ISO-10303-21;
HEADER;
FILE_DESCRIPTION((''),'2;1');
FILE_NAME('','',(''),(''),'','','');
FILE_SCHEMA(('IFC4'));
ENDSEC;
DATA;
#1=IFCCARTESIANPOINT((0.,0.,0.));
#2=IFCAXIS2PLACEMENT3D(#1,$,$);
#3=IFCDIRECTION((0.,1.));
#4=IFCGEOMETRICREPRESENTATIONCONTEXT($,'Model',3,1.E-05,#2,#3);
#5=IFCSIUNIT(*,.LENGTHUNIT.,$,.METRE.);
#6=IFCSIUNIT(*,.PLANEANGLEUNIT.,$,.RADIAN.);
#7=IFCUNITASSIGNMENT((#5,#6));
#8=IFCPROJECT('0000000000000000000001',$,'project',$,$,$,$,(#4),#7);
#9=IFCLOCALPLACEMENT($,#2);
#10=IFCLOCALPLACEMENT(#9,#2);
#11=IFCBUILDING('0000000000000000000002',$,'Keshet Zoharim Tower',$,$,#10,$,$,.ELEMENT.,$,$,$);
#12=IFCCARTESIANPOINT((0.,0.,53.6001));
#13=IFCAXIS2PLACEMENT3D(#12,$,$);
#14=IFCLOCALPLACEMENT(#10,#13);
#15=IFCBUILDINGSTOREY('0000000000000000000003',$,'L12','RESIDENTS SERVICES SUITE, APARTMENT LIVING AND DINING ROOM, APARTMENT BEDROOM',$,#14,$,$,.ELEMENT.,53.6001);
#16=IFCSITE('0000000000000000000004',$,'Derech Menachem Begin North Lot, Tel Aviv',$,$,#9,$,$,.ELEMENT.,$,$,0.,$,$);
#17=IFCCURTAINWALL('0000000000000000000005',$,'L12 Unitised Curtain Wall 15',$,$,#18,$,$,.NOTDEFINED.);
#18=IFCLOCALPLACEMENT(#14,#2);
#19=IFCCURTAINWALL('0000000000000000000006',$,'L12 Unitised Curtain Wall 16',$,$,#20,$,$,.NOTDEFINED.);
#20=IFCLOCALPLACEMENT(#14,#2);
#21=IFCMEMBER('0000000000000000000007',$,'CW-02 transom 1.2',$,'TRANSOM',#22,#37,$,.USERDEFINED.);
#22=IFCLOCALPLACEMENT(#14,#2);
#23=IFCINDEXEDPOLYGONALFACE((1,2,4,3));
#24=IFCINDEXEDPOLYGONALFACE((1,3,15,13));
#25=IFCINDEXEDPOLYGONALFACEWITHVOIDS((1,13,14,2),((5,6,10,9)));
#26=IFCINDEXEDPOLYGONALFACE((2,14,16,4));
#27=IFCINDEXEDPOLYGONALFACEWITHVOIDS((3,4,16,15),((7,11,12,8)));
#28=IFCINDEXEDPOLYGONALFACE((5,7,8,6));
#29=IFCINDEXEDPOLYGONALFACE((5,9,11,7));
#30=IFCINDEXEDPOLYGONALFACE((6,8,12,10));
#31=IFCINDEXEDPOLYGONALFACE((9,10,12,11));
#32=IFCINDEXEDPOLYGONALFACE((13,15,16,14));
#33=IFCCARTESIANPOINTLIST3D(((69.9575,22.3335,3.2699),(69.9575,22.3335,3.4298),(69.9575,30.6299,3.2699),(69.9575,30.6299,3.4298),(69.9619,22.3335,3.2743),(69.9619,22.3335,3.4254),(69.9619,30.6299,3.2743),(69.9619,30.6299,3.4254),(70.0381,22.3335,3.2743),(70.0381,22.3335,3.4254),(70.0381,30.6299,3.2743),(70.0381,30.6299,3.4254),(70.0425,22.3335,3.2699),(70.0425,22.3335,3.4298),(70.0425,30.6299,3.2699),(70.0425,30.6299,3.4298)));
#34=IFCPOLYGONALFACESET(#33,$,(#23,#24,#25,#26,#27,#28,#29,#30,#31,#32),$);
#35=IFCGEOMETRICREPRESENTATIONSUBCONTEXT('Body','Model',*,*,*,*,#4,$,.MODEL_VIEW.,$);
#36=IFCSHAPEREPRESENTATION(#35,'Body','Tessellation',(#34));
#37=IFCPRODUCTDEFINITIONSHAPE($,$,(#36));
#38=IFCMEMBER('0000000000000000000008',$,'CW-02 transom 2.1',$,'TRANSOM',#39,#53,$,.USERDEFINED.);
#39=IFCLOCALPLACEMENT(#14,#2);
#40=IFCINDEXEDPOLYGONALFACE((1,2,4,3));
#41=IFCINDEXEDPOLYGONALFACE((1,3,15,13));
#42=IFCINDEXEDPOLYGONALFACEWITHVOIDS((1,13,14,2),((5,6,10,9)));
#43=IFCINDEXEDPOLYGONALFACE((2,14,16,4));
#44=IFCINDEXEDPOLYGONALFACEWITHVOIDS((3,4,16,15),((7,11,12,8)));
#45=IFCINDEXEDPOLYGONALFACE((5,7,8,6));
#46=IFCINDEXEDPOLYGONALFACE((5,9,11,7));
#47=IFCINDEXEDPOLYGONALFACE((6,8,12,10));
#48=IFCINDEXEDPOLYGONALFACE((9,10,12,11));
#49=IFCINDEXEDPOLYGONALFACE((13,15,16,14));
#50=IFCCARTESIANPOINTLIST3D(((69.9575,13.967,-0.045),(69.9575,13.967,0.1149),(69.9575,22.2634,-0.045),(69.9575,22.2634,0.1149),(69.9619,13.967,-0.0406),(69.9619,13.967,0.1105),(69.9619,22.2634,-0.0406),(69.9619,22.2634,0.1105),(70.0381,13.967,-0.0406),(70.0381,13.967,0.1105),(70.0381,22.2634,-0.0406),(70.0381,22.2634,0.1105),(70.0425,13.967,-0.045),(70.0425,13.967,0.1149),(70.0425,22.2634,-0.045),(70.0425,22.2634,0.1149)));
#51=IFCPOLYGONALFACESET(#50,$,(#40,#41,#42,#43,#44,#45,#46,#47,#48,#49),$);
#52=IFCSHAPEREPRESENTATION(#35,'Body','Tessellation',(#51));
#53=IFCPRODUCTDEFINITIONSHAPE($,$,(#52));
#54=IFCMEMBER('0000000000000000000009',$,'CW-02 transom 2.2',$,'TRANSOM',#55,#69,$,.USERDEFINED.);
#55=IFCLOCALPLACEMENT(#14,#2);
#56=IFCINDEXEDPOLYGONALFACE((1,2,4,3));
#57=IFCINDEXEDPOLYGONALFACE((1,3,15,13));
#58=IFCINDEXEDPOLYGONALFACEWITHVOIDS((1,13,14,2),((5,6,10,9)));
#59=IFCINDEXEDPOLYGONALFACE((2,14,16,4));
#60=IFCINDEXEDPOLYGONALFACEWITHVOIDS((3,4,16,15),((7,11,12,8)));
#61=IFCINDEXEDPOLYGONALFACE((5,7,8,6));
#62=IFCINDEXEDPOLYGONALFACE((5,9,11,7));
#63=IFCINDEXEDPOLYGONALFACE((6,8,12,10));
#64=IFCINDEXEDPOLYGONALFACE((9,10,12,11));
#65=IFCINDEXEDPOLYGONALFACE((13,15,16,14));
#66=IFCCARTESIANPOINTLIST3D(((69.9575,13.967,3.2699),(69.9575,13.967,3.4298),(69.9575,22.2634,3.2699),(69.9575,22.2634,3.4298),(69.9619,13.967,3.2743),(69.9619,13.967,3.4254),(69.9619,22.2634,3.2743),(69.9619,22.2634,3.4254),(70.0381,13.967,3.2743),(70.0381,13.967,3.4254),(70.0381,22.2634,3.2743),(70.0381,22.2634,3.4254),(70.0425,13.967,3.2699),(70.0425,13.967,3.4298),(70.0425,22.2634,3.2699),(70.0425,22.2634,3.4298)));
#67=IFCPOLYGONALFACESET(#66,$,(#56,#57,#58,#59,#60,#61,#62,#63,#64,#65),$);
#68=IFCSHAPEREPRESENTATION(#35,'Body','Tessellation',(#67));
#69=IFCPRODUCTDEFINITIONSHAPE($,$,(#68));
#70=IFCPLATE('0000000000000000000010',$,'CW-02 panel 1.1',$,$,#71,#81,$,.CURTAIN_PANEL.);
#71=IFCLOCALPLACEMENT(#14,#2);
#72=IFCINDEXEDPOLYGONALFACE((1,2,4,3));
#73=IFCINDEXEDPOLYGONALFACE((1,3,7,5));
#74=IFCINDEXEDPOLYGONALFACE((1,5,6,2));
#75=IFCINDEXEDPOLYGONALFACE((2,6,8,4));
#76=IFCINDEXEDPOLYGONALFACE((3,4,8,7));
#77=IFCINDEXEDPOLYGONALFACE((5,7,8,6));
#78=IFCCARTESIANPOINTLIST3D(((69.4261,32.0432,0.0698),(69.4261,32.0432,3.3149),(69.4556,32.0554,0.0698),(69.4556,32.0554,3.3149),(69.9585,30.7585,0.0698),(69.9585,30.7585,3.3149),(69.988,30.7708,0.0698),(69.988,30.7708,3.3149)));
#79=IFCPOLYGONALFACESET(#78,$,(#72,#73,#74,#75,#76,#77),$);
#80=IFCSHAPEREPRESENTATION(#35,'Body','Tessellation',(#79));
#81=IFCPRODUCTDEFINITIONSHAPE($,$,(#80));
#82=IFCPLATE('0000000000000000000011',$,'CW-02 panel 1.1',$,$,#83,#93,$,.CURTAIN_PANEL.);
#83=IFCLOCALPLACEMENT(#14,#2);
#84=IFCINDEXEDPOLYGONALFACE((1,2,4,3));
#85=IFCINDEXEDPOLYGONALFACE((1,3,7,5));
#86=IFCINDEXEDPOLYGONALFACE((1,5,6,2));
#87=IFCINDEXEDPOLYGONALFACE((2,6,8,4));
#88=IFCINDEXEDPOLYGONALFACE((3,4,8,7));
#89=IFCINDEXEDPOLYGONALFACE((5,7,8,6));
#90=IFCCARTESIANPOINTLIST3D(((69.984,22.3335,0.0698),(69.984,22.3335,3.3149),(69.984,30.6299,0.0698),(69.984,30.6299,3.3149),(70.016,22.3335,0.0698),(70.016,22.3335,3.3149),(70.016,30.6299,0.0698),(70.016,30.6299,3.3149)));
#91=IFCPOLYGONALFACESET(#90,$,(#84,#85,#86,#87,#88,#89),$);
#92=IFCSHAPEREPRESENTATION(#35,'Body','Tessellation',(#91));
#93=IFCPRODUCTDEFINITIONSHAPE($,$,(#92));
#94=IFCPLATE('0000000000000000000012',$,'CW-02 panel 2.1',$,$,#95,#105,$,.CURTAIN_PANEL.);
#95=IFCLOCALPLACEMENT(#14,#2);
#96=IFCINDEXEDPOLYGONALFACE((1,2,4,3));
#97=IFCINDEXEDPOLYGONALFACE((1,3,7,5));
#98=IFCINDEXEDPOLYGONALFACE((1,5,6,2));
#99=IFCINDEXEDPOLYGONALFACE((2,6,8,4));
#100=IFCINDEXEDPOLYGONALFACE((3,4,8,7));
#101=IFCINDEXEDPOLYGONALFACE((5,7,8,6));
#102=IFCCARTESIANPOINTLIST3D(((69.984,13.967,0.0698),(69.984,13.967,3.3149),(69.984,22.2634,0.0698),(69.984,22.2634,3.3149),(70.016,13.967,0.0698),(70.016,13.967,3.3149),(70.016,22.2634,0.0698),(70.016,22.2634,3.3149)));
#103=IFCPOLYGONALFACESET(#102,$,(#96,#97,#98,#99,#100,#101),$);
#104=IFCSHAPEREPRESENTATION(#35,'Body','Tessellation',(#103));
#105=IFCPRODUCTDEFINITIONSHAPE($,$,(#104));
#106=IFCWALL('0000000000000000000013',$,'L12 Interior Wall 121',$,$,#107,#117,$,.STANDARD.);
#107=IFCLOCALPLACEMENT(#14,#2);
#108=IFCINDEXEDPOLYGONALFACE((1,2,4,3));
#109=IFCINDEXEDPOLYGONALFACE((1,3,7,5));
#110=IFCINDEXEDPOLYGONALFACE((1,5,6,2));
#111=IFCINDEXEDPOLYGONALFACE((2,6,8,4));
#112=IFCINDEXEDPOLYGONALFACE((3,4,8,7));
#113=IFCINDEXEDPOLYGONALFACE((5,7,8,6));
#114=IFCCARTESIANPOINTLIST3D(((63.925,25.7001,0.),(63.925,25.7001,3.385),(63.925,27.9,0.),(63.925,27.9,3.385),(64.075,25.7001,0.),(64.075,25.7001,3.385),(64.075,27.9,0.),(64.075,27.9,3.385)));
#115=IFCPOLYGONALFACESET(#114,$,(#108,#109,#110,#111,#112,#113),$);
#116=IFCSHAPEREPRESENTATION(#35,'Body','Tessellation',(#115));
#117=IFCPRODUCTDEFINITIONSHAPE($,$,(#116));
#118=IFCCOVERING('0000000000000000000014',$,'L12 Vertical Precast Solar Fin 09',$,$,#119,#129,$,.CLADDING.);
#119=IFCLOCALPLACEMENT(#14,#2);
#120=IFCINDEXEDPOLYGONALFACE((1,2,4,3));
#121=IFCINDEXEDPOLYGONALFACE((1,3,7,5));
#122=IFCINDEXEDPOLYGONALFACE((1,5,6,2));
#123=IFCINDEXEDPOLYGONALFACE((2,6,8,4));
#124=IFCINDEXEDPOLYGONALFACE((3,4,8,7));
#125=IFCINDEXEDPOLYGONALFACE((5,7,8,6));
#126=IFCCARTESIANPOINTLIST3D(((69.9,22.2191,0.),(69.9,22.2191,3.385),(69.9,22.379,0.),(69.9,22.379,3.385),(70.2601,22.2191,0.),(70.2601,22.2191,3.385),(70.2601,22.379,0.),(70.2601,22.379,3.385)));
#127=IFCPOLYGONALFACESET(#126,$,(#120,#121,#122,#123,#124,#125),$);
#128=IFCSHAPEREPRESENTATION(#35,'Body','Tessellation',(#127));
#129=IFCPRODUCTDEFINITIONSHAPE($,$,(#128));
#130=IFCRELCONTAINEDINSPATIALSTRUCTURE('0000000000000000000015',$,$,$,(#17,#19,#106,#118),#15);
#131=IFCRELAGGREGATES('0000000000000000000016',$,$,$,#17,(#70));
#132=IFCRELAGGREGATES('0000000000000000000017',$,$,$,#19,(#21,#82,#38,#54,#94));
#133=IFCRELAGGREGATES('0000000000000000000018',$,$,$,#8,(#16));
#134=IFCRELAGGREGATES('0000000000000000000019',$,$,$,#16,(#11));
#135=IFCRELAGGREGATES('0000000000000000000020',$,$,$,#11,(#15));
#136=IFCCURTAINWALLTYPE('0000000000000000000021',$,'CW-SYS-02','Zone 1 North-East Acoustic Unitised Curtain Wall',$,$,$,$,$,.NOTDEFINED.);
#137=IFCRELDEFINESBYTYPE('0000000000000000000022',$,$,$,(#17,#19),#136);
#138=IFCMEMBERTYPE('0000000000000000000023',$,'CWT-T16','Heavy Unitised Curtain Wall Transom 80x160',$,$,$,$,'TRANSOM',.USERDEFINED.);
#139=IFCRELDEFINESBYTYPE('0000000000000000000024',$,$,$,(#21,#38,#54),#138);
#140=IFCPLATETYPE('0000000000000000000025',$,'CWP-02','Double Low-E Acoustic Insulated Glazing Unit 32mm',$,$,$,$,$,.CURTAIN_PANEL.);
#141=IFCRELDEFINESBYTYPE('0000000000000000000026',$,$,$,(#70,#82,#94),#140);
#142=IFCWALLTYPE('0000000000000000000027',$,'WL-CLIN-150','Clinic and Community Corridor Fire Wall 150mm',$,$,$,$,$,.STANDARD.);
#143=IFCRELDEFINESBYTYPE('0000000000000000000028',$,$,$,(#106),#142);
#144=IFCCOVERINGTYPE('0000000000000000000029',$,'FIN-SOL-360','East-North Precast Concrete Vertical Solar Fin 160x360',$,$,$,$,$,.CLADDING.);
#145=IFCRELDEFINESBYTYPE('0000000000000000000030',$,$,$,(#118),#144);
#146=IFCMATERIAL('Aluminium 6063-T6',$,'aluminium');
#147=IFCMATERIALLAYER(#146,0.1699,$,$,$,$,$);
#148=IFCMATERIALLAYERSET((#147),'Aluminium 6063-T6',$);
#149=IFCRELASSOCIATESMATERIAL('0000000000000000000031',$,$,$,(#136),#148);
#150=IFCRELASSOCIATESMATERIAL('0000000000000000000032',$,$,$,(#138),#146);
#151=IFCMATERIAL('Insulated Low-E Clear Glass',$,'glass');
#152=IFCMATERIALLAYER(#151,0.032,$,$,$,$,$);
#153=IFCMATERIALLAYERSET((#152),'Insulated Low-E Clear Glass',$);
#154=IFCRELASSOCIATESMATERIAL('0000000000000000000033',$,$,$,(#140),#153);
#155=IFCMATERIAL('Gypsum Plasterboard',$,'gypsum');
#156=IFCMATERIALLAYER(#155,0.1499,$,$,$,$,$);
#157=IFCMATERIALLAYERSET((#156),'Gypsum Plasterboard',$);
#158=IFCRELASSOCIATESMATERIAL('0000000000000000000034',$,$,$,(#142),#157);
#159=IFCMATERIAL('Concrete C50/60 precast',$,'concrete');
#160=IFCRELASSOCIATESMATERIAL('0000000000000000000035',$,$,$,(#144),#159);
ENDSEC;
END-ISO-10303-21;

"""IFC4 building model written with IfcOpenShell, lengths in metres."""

from ifc_helpers import new_model, si_unit, direction, frame, frame_2d, origin, origin_2d, place, context, subcontext, project, spatial, rectangle, hollow_rectangle, extrude, material, layer, layer_set, material_profile, profile_set, type_object, element, aggregate, save


model = new_model("IFC4")

# Units and contexts
model_context = context("Model", 3, precision=1e-05, world=origin(), true_north=direction((0.0, 1.0)))
body_context = subcontext(model_context, "Body", "Model", "MODEL_VIEW")
ifc_project = project(units=[si_unit("LENGTHUNIT", "METRE"), si_unit("PLANEANGLEUNIT", "RADIAN")], contexts=[model_context])

# Site, building, storey
site_placement = place(None, origin())
site = spatial("IfcSite", under=ifc_project, at=site_placement, Name="Derech Menachem Begin North Lot, Tel Aviv", CompositionType="ELEMENT", RefElevation=0.0)
building_placement = place(site_placement, origin())
building = spatial("IfcBuilding", under=site, at=building_placement, Name="Keshet Zoharim Tower", CompositionType="ELEMENT")
storey_placement = place(building_placement, frame((0.0, 0.0, 53.6001)))
storey = spatial("IfcBuildingStorey", under=building, at=storey_placement, Name="L12", Description="RESIDENTS SERVICES SUITE, APARTMENT LIVING AND DINING ROOM, APARTMENT BEDROOM", CompositionType="ELEMENT", Elevation=53.6001)

# Shared definitions
ifc_material_1 = material(Name="Aluminium 6063-T6", Category="aluminium")
ifc_layer_1 = layer(ifc_material_1, 0.1699)
ifc_layer_set_1 = layer_set([ifc_layer_1], Name="Aluminium 6063-T6")
curtain_wall_type = type_object("IfcCurtainWallType", Name="CW-SYS-02", Description="Zone 1 North-East Acoustic Unitised Curtain Wall", PredefinedType="NOTDEFINED", material=ifc_layer_set_1)

# Curtain walls
curtain_wall_1_placement = place(storey_placement, origin())
curtain_wall_1 = element("IfcCurtainWall", 1, at=curtain_wall_1_placement, inside=storey, type_object=curtain_wall_type, Name="L12 Unitised Curtain Wall 15", PredefinedType="NOTDEFINED")
curtain_wall_2_placement = place(storey_placement, origin())
curtain_wall_2 = element("IfcCurtainWall", 2, at=curtain_wall_2_placement, inside=storey, type_object=curtain_wall_type, Name="L12 Unitised Curtain Wall 16", PredefinedType="NOTDEFINED")

# Members
ifc_material_profile_1 = material_profile(ifc_material_1, hollow_rectangle(XDim=0.085, YDim=0.1599, WallThickness=0.0044, at=origin_2d()), Name="TRN-85x160")
ifc_profile_set_1 = profile_set([ifc_material_profile_1], Name="Aluminium 6063-T6")
member_type_1 = type_object("IfcMemberType", Name="CWT-T16", Description="Heavy Unitised Curtain Wall Transom 80x160", ElementType="TRANSOM", PredefinedType="USERDEFINED", material=ifc_profile_set_1)
member_1_placement = place(storey_placement, frame((70.0, 30.6299, 3.3499), z_axis=(0.0, -1.0, 0.0), x_axis=(1.0, 0.0, 0.0)))
member_1 = element("IfcMember", 3, at=member_1_placement, type_object=member_type_1, Name="CW-02 transom 1.2", ObjectType="TRANSOM", PredefinedType="USERDEFINED", context=body_context, shape_type="SweptSolid", body=[
    extrude(hollow_rectangle(XDim=0.085, YDim=0.1599, WallThickness=0.0044, at=origin_2d()), origin(), (0.0, 0.0, 1.0), 8.2964),
])
member_2_placement = place(storey_placement, frame((70.0, 22.2634, 0.0349), z_axis=(0.0, -1.0, 0.0), x_axis=(1.0, 0.0, 0.0)))
member_2 = element("IfcMember", 4, at=member_2_placement, type_object=member_type_1, Name="CW-02 transom 2.1", ObjectType="TRANSOM", PredefinedType="USERDEFINED", context=body_context, shape_type="SweptSolid", body=[
    extrude(hollow_rectangle(XDim=0.085, YDim=0.1599, WallThickness=0.0044, at=origin_2d()), origin(), (0.0, 0.0, 1.0), 8.2964),
])
member_3_placement = place(storey_placement, frame((70.0, 22.2634, 3.3499), z_axis=(0.0, -1.0, 0.0), x_axis=(1.0, 0.0, 0.0)))
member_3 = element("IfcMember", 5, at=member_3_placement, type_object=member_type_1, Name="CW-02 transom 2.2", ObjectType="TRANSOM", PredefinedType="USERDEFINED", context=body_context, shape_type="SweptSolid", body=[
    extrude(hollow_rectangle(XDim=0.085, YDim=0.1599, WallThickness=0.0044, at=origin_2d()), origin(), (0.0, 0.0, 1.0), 8.2964),
])

# Plates
ifc_material_2 = material(Name="Insulated Low-E Clear Glass", Category="glass")
ifc_layer_2 = layer(ifc_material_2, 0.032)
ifc_layer_set_2 = layer_set([ifc_layer_2], Name="Insulated Low-E Clear Glass")
plate_type = type_object("IfcPlateType", Name="CWP-02", Description="Double Low-E Acoustic Insulated Glazing Unit 32mm", PredefinedType="CURTAIN_PANEL", material=ifc_layer_set_2)
plate_1_placement = place(storey_placement, frame((69.707, 31.407, 0.0698), z_axis=(0.0, 0.0, 1.0), x_axis=(0.382852, -0.92381, 0.0)))
plate_1 = element("IfcPlate", 6, at=plate_1_placement, type_object=plate_type, Name="CW-02 panel 1.1", PredefinedType="CURTAIN_PANEL", context=body_context, shape_type="SweptSolid", body=[
    extrude(rectangle(XDim=1.3906, YDim=0.032, at=origin_2d()), origin(), (0.0, 0.0, 1.0), 3.2451),
])
aggregate(curtain_wall_1, [plate_1])
plate_2_placement = place(storey_placement, frame((70.0, 26.4817, 0.0698), z_axis=(0.0, 0.0, 1.0), x_axis=(0.0, -1.0, 0.0)))
plate_2 = element("IfcPlate", 7, at=plate_2_placement, type_object=plate_type, Name="CW-02 panel 1.1", PredefinedType="CURTAIN_PANEL", context=body_context, shape_type="SweptSolid", body=[
    extrude(rectangle(XDim=8.2964, YDim=0.032, at=origin_2d()), origin(), (0.0, 0.0, 1.0), 3.2451),
])
plate_3_placement = place(storey_placement, frame((70.0, 18.1152, 0.0698), z_axis=(0.0, 0.0, 1.0), x_axis=(0.0, -1.0, 0.0)))
plate_3 = element("IfcPlate", 8, at=plate_3_placement, type_object=plate_type, Name="CW-02 panel 2.1", PredefinedType="CURTAIN_PANEL", context=body_context, shape_type="SweptSolid", body=[
    extrude(rectangle(XDim=8.2964, YDim=0.032, at=origin_2d()), origin(), (0.0, 0.0, 1.0), 3.2451),
])
aggregate(curtain_wall_2, [member_1, plate_2, member_2, member_3, plate_3])

# Wall
ifc_material_3 = material(Name="Gypsum Plasterboard", Category="gypsum")
ifc_layer_3 = layer(ifc_material_3, 0.1499)
ifc_layer_set_3 = layer_set([ifc_layer_3], Name="Gypsum Plasterboard")
wall_type = type_object("IfcWallType", Name="WL-CLIN-150", Description="Clinic and Community Corridor Fire Wall 150mm", PredefinedType="STANDARD", material=ifc_layer_set_3)
wall_placement = place(storey_placement, frame((64.0, 25.7, 0.0), z_axis=(0.0, 0.0, 1.0), x_axis=(0.0, 1.0, 0.0)))
element("IfcWall", 9, at=wall_placement, inside=storey, type_object=wall_type, Name="L12 Interior Wall 121", PredefinedType="STANDARD", context=body_context, shape_type="SweptSolid", body=[
    extrude(rectangle(XDim=2.2, YDim=0.1499, at=frame_2d((1.1001, 0.0))), origin(), (0.0, 0.0, 1.0), 3.385),
])

# Covering
ifc_material_4 = material(Name="Concrete C50/60 precast", Category="concrete")
covering_type = type_object("IfcCoveringType", Name="FIN-SOL-360", Description="East-North Precast Concrete Vertical Solar Fin 160x360", PredefinedType="CLADDING", material=ifc_material_4)
covering_placement = place(storey_placement, frame((70.0801, 22.2991, 0.0), z_axis=(0.0, 0.0, 1.0), x_axis=(0.0, -1.0, 0.0)))
element("IfcCovering", 10, at=covering_placement, inside=storey, type_object=covering_type, Name="L12 Vertical Precast Solar Fin 09", PredefinedType="CLADDING", context=body_context, shape_type="SweptSolid", body=[
    extrude(rectangle(XDim=0.1599, YDim=0.3601, at=origin_2d()), origin(), (0.0, 0.0, 1.0), 3.385),
])

save(model, "model.ifc")
